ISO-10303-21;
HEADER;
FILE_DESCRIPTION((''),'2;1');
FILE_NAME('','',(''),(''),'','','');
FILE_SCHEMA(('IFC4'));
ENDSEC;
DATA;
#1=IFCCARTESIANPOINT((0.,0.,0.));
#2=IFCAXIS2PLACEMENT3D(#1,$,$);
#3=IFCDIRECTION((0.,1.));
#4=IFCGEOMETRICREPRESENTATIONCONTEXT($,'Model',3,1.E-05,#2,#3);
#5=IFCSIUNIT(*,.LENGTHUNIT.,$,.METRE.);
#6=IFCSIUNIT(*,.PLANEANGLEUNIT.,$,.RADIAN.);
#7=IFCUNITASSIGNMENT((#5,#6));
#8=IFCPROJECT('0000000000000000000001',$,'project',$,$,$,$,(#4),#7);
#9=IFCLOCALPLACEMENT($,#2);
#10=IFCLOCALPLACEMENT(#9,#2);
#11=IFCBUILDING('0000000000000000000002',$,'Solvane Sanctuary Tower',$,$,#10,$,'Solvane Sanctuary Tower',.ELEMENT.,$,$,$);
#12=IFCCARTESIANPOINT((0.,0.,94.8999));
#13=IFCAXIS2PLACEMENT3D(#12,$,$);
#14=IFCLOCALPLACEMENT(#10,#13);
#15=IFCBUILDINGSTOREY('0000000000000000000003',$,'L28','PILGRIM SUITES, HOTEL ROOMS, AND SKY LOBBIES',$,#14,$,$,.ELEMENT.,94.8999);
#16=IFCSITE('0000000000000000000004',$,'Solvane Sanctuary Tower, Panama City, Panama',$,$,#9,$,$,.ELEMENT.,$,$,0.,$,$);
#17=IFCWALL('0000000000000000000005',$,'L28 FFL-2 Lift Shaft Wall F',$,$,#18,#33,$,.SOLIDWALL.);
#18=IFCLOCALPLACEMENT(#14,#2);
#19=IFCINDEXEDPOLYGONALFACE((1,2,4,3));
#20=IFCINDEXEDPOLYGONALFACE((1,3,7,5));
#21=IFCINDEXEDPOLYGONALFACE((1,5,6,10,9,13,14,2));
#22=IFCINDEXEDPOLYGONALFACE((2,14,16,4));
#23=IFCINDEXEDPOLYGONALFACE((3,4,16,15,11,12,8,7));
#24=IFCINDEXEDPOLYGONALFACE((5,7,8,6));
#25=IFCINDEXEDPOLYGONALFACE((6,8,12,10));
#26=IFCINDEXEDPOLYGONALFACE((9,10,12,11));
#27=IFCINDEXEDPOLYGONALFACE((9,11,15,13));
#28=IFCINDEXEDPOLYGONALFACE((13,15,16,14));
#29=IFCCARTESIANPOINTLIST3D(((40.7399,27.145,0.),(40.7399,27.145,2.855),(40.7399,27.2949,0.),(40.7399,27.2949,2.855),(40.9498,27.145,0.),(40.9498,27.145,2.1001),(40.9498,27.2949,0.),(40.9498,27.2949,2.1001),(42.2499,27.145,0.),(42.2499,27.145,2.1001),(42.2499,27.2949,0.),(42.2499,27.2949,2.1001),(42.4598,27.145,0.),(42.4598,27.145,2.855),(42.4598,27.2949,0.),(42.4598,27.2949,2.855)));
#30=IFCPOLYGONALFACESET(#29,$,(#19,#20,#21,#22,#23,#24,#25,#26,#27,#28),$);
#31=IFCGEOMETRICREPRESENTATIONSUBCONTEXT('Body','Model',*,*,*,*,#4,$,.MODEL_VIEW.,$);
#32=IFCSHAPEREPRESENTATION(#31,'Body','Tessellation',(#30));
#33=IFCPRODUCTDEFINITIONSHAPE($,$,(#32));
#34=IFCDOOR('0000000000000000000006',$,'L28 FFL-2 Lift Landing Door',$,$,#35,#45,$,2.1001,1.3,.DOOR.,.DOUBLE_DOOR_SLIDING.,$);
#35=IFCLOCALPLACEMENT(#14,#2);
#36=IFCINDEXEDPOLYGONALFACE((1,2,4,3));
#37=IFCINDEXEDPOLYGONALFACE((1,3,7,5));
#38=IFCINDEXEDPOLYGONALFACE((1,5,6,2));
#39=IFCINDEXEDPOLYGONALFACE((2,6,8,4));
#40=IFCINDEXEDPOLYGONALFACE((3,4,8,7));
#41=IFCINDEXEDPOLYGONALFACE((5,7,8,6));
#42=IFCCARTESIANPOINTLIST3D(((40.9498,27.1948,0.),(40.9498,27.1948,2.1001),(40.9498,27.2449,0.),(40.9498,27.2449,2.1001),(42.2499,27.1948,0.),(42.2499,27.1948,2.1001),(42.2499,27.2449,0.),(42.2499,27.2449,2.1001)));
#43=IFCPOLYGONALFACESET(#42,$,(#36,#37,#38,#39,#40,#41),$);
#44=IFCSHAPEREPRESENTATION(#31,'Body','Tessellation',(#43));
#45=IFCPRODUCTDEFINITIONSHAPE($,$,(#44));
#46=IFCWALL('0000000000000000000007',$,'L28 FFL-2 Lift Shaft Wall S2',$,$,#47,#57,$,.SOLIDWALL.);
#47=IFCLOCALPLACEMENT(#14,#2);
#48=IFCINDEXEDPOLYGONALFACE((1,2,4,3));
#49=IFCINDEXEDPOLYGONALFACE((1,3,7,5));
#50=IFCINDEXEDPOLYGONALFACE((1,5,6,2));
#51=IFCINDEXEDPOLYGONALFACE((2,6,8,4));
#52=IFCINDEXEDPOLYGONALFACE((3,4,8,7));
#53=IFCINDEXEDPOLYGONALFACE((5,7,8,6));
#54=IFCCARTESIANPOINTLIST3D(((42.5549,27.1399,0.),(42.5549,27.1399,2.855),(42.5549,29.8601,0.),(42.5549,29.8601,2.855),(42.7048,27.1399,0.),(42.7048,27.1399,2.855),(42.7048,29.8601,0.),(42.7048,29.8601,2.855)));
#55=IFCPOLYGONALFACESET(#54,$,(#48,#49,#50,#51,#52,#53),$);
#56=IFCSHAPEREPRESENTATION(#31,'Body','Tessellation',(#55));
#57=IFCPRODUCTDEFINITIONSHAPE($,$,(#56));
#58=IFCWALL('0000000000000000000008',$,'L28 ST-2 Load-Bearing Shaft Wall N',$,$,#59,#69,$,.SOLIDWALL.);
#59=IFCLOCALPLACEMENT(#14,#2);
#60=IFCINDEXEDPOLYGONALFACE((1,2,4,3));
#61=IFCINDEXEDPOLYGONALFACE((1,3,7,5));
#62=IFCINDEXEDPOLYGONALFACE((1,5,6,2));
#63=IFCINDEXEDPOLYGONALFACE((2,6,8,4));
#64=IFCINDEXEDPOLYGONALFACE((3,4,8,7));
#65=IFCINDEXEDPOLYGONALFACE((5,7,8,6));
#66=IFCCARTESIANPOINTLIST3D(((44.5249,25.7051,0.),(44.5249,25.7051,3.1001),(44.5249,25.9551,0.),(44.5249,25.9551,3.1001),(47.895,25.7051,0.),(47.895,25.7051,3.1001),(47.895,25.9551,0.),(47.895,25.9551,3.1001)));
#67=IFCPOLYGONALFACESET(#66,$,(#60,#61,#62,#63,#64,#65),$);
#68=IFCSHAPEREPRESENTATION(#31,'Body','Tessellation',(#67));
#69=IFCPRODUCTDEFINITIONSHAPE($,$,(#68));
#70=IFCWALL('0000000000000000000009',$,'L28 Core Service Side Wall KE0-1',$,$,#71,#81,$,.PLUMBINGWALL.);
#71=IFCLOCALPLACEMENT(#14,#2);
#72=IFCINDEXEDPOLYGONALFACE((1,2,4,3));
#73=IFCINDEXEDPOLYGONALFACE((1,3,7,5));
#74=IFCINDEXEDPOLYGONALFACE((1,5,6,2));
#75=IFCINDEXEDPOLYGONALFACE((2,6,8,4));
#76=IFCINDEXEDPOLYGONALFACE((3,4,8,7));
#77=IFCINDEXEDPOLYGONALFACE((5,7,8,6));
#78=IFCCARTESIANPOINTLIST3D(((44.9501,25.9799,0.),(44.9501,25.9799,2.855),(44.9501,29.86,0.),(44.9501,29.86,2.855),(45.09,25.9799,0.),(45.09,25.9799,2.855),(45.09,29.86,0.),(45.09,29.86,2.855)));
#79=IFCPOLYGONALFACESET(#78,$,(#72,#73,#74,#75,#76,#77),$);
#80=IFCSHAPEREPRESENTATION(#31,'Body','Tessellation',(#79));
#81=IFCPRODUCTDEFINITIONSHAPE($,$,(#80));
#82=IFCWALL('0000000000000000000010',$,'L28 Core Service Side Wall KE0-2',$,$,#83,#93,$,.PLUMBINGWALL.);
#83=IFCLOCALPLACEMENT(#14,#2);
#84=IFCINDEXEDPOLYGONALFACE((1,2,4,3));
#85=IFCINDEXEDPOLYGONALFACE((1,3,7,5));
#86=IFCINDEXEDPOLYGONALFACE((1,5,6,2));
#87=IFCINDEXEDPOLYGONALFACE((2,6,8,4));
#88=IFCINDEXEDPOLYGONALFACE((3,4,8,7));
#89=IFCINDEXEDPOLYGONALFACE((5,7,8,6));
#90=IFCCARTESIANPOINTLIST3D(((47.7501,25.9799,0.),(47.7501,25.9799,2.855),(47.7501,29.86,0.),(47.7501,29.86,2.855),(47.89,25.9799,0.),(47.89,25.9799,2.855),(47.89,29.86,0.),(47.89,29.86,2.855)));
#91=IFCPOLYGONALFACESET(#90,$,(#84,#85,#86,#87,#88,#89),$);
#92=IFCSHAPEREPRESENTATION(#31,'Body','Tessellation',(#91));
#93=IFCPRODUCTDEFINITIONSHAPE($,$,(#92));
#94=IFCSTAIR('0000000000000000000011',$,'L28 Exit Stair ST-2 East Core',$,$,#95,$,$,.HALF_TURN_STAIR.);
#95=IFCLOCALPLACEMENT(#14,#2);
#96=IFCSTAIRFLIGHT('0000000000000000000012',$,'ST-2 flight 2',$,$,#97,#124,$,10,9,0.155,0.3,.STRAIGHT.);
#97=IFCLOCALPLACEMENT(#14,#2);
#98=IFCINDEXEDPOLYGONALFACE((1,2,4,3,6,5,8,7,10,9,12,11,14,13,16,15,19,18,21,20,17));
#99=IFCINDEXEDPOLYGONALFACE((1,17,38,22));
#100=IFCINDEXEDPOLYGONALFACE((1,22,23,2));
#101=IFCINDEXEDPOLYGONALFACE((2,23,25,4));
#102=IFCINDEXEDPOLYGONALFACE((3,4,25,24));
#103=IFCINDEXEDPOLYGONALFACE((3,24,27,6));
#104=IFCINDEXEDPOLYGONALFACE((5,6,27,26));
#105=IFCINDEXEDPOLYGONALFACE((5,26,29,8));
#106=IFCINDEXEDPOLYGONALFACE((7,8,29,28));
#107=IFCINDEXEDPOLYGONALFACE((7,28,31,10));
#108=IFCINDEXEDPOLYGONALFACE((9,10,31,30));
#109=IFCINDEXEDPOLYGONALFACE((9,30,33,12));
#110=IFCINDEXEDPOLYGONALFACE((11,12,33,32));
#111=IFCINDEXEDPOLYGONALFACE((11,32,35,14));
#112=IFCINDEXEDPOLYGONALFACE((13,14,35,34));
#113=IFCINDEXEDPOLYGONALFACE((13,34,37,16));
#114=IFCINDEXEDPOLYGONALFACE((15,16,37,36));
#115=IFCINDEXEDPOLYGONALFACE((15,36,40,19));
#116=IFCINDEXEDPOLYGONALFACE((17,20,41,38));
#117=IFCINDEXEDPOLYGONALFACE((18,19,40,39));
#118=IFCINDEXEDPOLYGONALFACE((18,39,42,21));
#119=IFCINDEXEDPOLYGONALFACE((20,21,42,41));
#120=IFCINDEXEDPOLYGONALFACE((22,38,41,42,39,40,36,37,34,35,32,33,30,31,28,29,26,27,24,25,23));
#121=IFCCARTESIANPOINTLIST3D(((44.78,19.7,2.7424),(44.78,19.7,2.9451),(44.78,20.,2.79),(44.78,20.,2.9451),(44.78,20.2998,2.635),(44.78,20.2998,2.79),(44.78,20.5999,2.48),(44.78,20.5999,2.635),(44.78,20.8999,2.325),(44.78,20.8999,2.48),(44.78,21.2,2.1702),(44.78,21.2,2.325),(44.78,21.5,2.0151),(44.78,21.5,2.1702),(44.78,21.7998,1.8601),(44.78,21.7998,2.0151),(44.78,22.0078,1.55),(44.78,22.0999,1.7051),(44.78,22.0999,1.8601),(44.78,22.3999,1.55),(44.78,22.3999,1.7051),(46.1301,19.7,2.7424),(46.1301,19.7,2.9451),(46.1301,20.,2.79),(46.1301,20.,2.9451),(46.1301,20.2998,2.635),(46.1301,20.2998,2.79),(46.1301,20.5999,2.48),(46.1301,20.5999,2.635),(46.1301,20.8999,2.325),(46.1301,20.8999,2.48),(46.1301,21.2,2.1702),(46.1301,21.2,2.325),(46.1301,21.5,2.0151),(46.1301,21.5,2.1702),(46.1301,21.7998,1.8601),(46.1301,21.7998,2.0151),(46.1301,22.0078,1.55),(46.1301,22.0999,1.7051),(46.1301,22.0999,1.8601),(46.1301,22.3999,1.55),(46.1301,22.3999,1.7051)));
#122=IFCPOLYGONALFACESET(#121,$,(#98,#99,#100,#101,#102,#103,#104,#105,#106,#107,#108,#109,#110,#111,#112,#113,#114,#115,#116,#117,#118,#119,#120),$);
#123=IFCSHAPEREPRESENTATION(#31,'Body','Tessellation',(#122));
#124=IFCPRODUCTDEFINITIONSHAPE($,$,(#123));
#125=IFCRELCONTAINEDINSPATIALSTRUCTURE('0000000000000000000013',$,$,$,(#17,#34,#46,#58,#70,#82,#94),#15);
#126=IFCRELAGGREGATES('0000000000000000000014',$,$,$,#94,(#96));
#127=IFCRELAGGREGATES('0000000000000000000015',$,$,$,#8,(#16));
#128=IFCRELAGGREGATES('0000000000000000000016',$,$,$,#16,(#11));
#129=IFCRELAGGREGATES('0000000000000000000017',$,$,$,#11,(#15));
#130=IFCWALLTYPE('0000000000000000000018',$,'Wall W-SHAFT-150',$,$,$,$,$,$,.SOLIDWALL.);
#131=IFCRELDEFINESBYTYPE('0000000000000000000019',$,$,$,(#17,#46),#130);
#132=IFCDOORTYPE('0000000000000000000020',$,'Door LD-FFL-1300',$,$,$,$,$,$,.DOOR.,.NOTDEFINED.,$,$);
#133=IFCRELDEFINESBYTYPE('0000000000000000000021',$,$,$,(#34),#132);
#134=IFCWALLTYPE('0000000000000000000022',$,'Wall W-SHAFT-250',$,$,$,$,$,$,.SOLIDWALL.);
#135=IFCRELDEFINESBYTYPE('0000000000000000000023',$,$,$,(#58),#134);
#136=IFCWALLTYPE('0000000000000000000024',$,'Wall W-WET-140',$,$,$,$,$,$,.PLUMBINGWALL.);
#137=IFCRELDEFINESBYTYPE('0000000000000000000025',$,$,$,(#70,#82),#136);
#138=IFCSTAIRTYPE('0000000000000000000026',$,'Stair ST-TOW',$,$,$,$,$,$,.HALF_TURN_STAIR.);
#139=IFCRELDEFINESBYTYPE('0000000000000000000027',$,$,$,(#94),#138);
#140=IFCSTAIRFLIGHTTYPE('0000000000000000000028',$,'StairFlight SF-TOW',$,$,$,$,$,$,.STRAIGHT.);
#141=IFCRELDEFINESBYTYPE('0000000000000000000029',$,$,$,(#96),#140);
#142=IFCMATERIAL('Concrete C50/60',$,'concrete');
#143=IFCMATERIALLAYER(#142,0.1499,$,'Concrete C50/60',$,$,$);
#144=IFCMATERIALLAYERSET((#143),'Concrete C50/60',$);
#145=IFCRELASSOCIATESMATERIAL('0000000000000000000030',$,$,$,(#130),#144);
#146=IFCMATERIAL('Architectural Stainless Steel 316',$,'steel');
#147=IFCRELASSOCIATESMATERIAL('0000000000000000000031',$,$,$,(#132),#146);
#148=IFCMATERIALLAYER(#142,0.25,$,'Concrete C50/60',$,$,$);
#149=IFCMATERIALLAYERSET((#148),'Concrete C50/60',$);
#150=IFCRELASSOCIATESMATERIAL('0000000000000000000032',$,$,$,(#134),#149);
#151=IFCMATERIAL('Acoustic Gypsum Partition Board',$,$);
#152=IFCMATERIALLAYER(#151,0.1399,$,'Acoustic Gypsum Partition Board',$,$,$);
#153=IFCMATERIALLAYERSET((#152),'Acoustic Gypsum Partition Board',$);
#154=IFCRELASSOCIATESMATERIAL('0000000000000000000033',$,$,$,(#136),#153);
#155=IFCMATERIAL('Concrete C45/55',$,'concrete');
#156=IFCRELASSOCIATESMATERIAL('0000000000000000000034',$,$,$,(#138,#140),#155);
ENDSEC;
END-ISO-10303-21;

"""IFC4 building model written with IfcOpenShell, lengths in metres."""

from ifc_helpers import new_model, si_unit, direction, frame, frame_2d, origin, place, context, subcontext, project, spatial, polyline, rectangle, outline, extrude, material, layer, layer_set, type_object, element, fill, aggregate, save


model = new_model("IFC4")

# Units and contexts
model_context = context("Model", 3, precision=1e-05, world=origin(), true_north=direction((0.0, 1.0)))
body_context = subcontext(model_context, "Body", "Model", "MODEL_VIEW")
ifc_project = project(units=[si_unit("LENGTHUNIT", "METRE"), si_unit("PLANEANGLEUNIT", "RADIAN")], contexts=[model_context])

# Site, building, storey
site_placement = place(None, origin())
site = spatial("IfcSite", under=ifc_project, at=site_placement, Name="Solvane Sanctuary Tower, Panama City, Panama", CompositionType="ELEMENT", RefElevation=0.0)
building_placement = place(site_placement, origin())
building = spatial("IfcBuilding", under=site, at=building_placement, Name="Solvane Sanctuary Tower", LongName="Solvane Sanctuary Tower", CompositionType="ELEMENT")
storey_placement = place(building_placement, frame((0.0, 0.0, 94.8999)))
storey = spatial("IfcBuildingStorey", under=building, at=storey_placement, Name="L28", Description="PILGRIM SUITES, HOTEL ROOMS, AND SKY LOBBIES", CompositionType="ELEMENT", Elevation=94.8999)

# Shared definitions
ifc_material_1 = material(Name="Acoustic Gypsum Partition Board")
ifc_material_2 = material(Name="Concrete C50/60", Category="concrete")
ifc_layer_1 = layer(ifc_material_2, 0.1499, Name="Concrete C50/60")
ifc_layer_set_1 = layer_set([ifc_layer_1], Name="Concrete C50/60")
wall_type_1 = type_object("IfcWallType", Name="Wall W-SHAFT-150", PredefinedType="SOLIDWALL", material=ifc_layer_set_1)

# Wall, opening, door
wall_1_placement = place(storey_placement, frame((40.74, 27.22, 0.0), z_axis=(0.0, 0.0, 1.0), x_axis=(1.0, 0.0, 0.0)))
wall_1 = element("IfcWall", 1, at=wall_1_placement, inside=storey, type_object=wall_type_1, Name="L28 FFL-2 Lift Shaft Wall F", PredefinedType="SOLIDWALL", context=body_context, shape_type="SweptSolid", body=[
    extrude(rectangle(XDim=1.72, YDim=0.1499, at=frame_2d((0.8599, 0.0))), origin(), (0.0, 0.0, 1.0), 2.855),
])
opening_placement = place(wall_1_placement, frame((0.21, 0.0, 0.0)))
opening = element("IfcOpeningElement", 2, at=opening_placement, cuts=wall_1, PredefinedType="OPENING", context=body_context, shape_type="SweptSolid", body=[
    extrude(rectangle(XDim=1.3, YDim=2.1001, at=frame_2d((0.6499, 1.05))), frame((0.0, 0.085, 0.0), z_axis=(0.0, -1.0, 0.0), x_axis=(1.0, 0.0, 0.0)), (0.0, 0.0, 1.0), 0.1699),
])
ifc_material_3 = material(Name="Architectural Stainless Steel 316", Category="steel")
door_type = type_object("IfcDoorType", Name="Door LD-FFL-1300", OperationType="NOTDEFINED", PredefinedType="DOOR", material=ifc_material_3)
door_placement = place(opening_placement, origin())
door = element("IfcDoor", 3, at=door_placement, inside=storey, type_object=door_type, Name="L28 FFL-2 Lift Landing Door", OperationType="DOUBLE_DOOR_SLIDING", OverallHeight=2.1001, OverallWidth=1.3, PredefinedType="DOOR", context=body_context, shape_type="SweptSolid", body=[
    extrude(rectangle(XDim=1.3, YDim=2.1001, at=frame_2d((0.6499, 1.05))), frame((0.0, 0.0249, 0.0), z_axis=(0.0, -1.0, 0.0), x_axis=(1.0, 0.0, 0.0)), (0.0, 0.0, 1.0), 0.05),
])
fill(opening, door)

# Walls
wall_2_placement = place(storey_placement, frame((42.6299, 27.1399, 0.0), z_axis=(0.0, 0.0, 1.0), x_axis=(0.0, 1.0, 0.0)))
element("IfcWall", 4, at=wall_2_placement, inside=storey, type_object=wall_type_1, Name="L28 FFL-2 Lift Shaft Wall S2", PredefinedType="SOLIDWALL", context=body_context, shape_type="SweptSolid", body=[
    extrude(rectangle(XDim=2.7202, YDim=0.1499, at=frame_2d((1.3601, 0.0))), origin(), (0.0, 0.0, 1.0), 2.855),
])
ifc_layer_2 = layer(ifc_material_2, 0.25, Name="Concrete C50/60")
ifc_layer_set_2 = layer_set([ifc_layer_2], Name="Concrete C50/60")
wall_type_2 = type_object("IfcWallType", Name="Wall W-SHAFT-250", PredefinedType="SOLIDWALL", material=ifc_layer_set_2)
wall_3_placement = place(storey_placement, frame((44.5249, 25.8301, 0.0), z_axis=(0.0, 0.0, 1.0), x_axis=(1.0, 0.0, 0.0)))
element("IfcWall", 5, at=wall_3_placement, inside=storey, type_object=wall_type_2, Name="L28 ST-2 Load-Bearing Shaft Wall N", PredefinedType="SOLIDWALL", context=body_context, shape_type="SweptSolid", body=[
    extrude(rectangle(XDim=3.3701, YDim=0.25, at=frame_2d((1.6851, 0.0))), origin(), (0.0, 0.0, 1.0), 3.1001),
])
ifc_layer_3 = layer(ifc_material_1, 0.1399, Name="Acoustic Gypsum Partition Board")
ifc_layer_set_3 = layer_set([ifc_layer_3], Name="Acoustic Gypsum Partition Board")
wall_type_3 = type_object("IfcWallType", Name="Wall W-WET-140", PredefinedType="PLUMBINGWALL", material=ifc_layer_set_3)
for number, where, z_axis, x_axis, name in (
    (6, (45.02, 25.98, 0.0), (0.0, 0.0, 1.0), (0.0, 1.0, 0.0), "L28 Core Service Side Wall KE0-1"),
    (7, (47.8201, 25.98, 0.0), (0.0, 0.0, 1.0), (0.0, 1.0, 0.0), "L28 Core Service Side Wall KE0-2"),
):
    element("IfcWall", number, at=place(storey_placement, frame(where, z_axis=z_axis, x_axis=x_axis)), inside=storey, type_object=wall_type_3, Name=name, PredefinedType="PLUMBINGWALL", context=body_context, shape_type="SweptSolid", body=[
        extrude(rectangle(XDim=3.8801, YDim=0.1399, at=frame_2d((1.9399, 0.0))), origin(), (0.0, 0.0, 1.0), 2.855),
    ])

# Stair, stair flight
ifc_material_4 = material(Name="Concrete C45/55", Category="concrete")
stair_type = type_object("IfcStairType", Name="Stair ST-TOW", PredefinedType="HALF_TURN_STAIR", material=ifc_material_4)
stair_placement = place(storey_placement, origin())
stair = element("IfcStair", 8, at=stair_placement, inside=storey, type_object=stair_type, Name="L28 Exit Stair ST-2 East Core", PredefinedType="HALF_TURN_STAIR")
stair_flight_type = type_object("IfcStairFlightType", Name="StairFlight SF-TOW", PredefinedType="STRAIGHT", material=ifc_material_4)
stair_flight_placement = place(storey_placement, frame((45.4551, 22.3999, 1.55), z_axis=(0.0, 0.0, 1.0), x_axis=(0.0, -1.0, 0.0)))
stair_flight = element("IfcStairFlight", 9, at=stair_flight_placement, type_object=stair_flight_type, Name="ST-2 flight 2", NumberOfRisers=10, NumberOfTreads=9, PredefinedType="STRAIGHT", RiserHeight=0.155, TreadLength=0.3, context=body_context, shape_type="SweptSolid", body=[
    extrude(outline(polyline([(0.0, 0.0), (0.0, 0.155), (0.3, 0.155), (0.3, 0.3101), (0.6001, 0.3101), (0.6001, 0.4651), (0.8999, 0.4651), (0.8999, 0.6201), (1.2, 0.6201), (1.2, 0.7749), (1.5, 0.7749), (1.5, 0.9299), (1.8, 0.9299), (1.8, 1.085), (2.1001, 1.085), (2.1001, 1.24), (2.3999, 1.24), (2.3999, 1.395), (2.7, 1.395), (2.7, 1.55), (2.7, 1.1924), (0.3921, 0.0), (0.0, 0.0)])), frame((0.0, 0.675, 0.0), z_axis=(0.0, -1.0, 0.0), x_axis=(1.0, 0.0, 0.0)), (0.0, 0.0, 1.0), 1.3501),
])
aggregate(stair, [stair_flight])

save(model, "model.ifc")
